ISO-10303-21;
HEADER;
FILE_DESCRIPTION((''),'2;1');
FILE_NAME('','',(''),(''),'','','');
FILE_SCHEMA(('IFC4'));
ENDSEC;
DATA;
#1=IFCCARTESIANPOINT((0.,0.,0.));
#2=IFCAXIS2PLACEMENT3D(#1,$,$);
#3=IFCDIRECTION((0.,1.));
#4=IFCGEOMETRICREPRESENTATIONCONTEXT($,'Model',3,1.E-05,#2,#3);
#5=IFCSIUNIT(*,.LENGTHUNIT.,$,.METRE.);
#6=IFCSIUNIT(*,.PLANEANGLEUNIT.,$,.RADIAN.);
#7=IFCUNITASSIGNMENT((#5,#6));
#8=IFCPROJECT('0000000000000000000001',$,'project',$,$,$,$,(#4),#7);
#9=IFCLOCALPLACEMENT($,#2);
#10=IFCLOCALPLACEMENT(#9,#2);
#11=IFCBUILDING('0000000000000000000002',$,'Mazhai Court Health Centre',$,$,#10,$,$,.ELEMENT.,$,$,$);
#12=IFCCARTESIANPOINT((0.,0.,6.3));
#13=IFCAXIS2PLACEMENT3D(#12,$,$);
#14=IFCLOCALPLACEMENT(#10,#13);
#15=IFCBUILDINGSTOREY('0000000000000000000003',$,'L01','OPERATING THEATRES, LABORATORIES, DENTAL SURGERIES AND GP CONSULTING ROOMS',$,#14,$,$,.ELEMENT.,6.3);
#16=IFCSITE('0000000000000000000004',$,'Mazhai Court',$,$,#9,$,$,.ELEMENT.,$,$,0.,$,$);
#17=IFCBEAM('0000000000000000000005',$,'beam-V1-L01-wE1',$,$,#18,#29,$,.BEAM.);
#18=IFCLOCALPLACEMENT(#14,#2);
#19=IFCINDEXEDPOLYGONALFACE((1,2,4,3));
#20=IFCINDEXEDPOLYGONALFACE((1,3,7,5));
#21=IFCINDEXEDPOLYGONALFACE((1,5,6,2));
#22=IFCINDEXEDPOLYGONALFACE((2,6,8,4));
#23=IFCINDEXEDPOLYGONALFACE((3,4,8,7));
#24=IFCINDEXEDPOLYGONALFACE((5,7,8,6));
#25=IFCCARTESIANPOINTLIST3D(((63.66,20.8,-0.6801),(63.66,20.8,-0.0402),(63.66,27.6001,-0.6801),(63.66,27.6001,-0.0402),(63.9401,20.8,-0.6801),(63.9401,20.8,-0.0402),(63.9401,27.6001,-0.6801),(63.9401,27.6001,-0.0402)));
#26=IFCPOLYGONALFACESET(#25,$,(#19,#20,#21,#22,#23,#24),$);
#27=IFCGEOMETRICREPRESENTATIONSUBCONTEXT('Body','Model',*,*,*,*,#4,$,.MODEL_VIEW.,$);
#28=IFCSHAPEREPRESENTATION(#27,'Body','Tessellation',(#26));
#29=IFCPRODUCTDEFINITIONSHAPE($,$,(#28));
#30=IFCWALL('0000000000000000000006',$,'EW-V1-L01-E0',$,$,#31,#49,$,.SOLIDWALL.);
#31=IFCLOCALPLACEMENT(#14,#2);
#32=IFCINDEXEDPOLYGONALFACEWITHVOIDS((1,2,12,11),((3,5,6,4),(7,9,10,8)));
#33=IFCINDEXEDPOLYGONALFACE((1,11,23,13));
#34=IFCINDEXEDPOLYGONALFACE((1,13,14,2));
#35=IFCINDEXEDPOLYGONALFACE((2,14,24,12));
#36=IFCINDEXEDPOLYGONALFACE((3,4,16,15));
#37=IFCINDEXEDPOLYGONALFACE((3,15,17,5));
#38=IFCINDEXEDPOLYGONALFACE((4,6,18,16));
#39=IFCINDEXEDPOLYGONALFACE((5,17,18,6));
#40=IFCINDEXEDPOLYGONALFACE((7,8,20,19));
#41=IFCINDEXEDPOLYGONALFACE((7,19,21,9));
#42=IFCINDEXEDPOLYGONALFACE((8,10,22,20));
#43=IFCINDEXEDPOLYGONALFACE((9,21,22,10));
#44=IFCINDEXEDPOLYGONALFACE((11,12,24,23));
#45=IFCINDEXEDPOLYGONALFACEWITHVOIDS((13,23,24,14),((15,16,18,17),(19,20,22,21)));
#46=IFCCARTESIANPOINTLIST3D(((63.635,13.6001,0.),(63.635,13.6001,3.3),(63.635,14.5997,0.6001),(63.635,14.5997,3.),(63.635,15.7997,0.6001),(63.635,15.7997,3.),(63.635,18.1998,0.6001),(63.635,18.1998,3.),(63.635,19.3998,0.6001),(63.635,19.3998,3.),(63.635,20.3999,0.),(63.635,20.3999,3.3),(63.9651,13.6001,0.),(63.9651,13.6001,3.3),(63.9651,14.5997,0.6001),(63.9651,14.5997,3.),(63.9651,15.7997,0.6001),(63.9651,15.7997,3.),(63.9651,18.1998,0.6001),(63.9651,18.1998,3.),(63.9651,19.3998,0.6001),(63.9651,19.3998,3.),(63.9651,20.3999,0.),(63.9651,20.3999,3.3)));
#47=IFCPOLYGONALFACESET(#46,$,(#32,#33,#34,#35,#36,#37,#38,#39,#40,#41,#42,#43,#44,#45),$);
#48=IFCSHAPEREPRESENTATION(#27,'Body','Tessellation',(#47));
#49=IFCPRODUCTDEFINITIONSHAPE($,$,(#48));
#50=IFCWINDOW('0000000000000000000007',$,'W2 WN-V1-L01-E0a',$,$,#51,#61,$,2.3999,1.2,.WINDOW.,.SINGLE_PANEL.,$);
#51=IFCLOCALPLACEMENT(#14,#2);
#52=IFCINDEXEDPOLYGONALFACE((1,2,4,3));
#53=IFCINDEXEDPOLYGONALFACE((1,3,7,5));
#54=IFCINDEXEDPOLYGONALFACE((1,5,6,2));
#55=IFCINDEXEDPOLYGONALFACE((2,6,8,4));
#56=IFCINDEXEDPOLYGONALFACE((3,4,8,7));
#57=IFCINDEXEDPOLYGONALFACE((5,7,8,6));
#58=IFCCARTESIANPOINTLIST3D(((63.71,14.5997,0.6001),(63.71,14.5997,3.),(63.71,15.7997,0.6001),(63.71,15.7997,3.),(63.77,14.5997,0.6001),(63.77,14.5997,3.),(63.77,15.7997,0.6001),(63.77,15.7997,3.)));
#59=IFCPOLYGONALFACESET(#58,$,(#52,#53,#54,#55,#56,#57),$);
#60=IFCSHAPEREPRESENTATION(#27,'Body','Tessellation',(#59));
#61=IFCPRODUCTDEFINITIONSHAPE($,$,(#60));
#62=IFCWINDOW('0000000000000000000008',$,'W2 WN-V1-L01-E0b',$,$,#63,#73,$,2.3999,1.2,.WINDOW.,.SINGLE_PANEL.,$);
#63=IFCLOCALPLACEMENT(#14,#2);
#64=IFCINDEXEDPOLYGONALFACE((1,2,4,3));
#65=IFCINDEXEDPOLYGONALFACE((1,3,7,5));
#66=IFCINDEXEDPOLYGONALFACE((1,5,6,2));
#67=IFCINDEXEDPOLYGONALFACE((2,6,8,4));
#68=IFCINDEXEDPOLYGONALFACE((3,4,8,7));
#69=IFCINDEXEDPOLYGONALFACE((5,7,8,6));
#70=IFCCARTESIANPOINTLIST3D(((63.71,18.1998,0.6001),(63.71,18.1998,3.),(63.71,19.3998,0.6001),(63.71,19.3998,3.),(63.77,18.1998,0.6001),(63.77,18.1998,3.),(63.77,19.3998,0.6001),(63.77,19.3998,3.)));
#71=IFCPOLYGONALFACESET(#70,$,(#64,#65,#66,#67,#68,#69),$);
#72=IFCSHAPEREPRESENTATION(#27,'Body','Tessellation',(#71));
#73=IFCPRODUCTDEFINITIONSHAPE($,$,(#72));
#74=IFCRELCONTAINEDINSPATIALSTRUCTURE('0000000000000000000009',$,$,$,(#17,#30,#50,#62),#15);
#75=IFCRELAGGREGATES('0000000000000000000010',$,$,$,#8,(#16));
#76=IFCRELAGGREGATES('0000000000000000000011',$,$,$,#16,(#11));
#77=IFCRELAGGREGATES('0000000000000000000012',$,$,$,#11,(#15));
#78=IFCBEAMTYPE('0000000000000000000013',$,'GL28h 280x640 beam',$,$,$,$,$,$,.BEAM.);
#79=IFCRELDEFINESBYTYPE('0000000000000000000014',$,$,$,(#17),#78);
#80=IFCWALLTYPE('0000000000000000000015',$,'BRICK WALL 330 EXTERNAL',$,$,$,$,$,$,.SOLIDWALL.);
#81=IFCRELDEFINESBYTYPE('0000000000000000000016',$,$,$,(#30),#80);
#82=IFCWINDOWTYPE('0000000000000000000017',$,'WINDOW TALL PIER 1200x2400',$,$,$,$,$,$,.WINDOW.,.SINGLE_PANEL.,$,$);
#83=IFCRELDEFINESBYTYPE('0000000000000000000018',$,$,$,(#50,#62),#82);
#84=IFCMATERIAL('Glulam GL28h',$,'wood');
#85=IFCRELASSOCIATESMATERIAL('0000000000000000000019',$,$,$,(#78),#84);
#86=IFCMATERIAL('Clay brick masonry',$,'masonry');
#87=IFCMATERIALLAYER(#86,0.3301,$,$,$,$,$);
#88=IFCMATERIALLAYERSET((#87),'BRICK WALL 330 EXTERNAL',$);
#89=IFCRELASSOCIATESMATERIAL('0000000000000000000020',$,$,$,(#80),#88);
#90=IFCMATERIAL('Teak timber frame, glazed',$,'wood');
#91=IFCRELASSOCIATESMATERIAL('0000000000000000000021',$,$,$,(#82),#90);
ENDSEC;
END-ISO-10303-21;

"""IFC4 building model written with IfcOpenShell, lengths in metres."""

from ifc_helpers import new_model, si_unit, direction, frame, frame_2d, origin, origin_2d, place, context, subcontext, project, spatial, rectangle, extrude, material, layer, layer_set, material_profile, profile_set, type_object, element, fill, save


model = new_model("IFC4")

# Units and contexts
model_context = context("Model", 3, precision=1e-05, world=origin(), true_north=direction((0.0, 1.0)))
body_context = subcontext(model_context, "Body", "Model", "MODEL_VIEW")
ifc_project = project(units=[si_unit("LENGTHUNIT", "METRE"), si_unit("PLANEANGLEUNIT", "RADIAN")], contexts=[model_context])

# Site, building, storey
site_placement = place(None, origin())
site = spatial("IfcSite", under=ifc_project, at=site_placement, Name="Mazhai Court", CompositionType="ELEMENT", RefElevation=0.0)
building_placement = place(site_placement, origin())
building = spatial("IfcBuilding", under=site, at=building_placement, Name="Mazhai Court Health Centre", CompositionType="ELEMENT")
storey_placement = place(building_placement, frame((0.0, 0.0, 6.3)))
storey = spatial("IfcBuildingStorey", under=building, at=storey_placement, Name="L01", Description="OPERATING THEATRES, LABORATORIES, DENTAL SURGERIES AND GP CONSULTING ROOMS", CompositionType="ELEMENT", Elevation=6.3)

# Beam
ifc_material_1 = material(Name="Glulam GL28h", Category="wood")
ifc_material_profile_1 = material_profile(ifc_material_1, rectangle(XDim=0.28, YDim=0.6399, at=origin_2d()), Name="GL28h 280x640")
ifc_profile_set_1 = profile_set([ifc_material_profile_1], Name="Glulam GL28h")
beam_type_1 = type_object("IfcBeamType", Name="GL28h 280x640 beam", PredefinedType="BEAM", material=ifc_profile_set_1)
beam_1_placement = place(storey_placement, frame((63.8, 20.8, -0.3601), z_axis=(0.0, 1.0, 0.0), x_axis=(-1.0, 0.0, 0.0)))
element("IfcBeam", 1, at=beam_1_placement, inside=storey, type_object=beam_type_1, Name="beam-V1-L01-wE1", PredefinedType="BEAM", context=body_context, shape_type="SweptSolid", body=[
    extrude(rectangle(XDim=0.28, YDim=0.6399, at=origin_2d()), origin(), (0.0, 0.0, 1.0), 6.8),
])

# Wall, openings, windows
ifc_material_2 = material(Name="Clay brick masonry", Category="masonry")
ifc_layer = layer(ifc_material_2, 0.3301)
ifc_layer_set = layer_set([ifc_layer], Name="BRICK WALL 330 EXTERNAL")
wall_type = type_object("IfcWallType", Name="BRICK WALL 330 EXTERNAL", PredefinedType="SOLIDWALL", material=ifc_layer_set)
wall_placement = place(storey_placement, frame((63.8, 20.3999, 0.0), z_axis=(0.0, 0.0, 1.0), x_axis=(0.0, -1.0, 0.0)))
wall = element("IfcWall", 2, at=wall_placement, inside=storey, type_object=wall_type, Name="EW-V1-L01-E0", PredefinedType="SOLIDWALL", context=body_context, shape_type="SweptSolid", body=[
    extrude(rectangle(XDim=6.7998, YDim=0.3301, at=frame_2d((3.3999, 0.0))), origin(), (0.0, 0.0, 1.0), 3.3),
])
opening_1_placement = place(wall_placement, frame((4.6001, 0.0, 0.6001)))
opening_1 = element("IfcOpeningElement", 3, at=opening_1_placement, cuts=wall, PredefinedType="OPENING", context=body_context, shape_type="SweptSolid", body=[
    extrude(rectangle(XDim=1.2, YDim=2.3999, at=frame_2d((0.6001, 1.2))), frame((0.0, 0.175, 0.0), z_axis=(0.0, -1.0, 0.0), x_axis=(1.0, 0.0, 0.0)), (0.0, 0.0, 1.0), 0.3501),
])
opening_2_placement = place(wall_placement, frame((1.0, 0.0, 0.6001)))
opening_2 = element("IfcOpeningElement", 4, at=opening_2_placement, cuts=wall, PredefinedType="OPENING", context=body_context, shape_type="SweptSolid", body=[
    extrude(rectangle(XDim=1.2, YDim=2.3999, at=frame_2d((0.6001, 1.2))), frame((0.0, 0.175, 0.0), z_axis=(0.0, -1.0, 0.0), x_axis=(1.0, 0.0, 0.0)), (0.0, 0.0, 1.0), 0.3501),
])
ifc_material_3 = material(Name="Teak timber frame, glazed", Category="wood")
window_type = type_object("IfcWindowType", Name="WINDOW TALL PIER 1200x2400", PartitioningType="SINGLE_PANEL", PredefinedType="WINDOW", material=ifc_material_3)
window_1_placement = place(opening_1_placement, origin())
window_1 = element("IfcWindow", 5, at=window_1_placement, inside=storey, type_object=window_type, Name="W2 WN-V1-L01-E0a", OverallHeight=2.3999, OverallWidth=1.2, PartitioningType="SINGLE_PANEL", PredefinedType="WINDOW", context=body_context, shape_type="SweptSolid", body=[
    extrude(rectangle(XDim=1.2, YDim=2.3999, at=frame_2d((0.6001, 1.2))), frame((0.0, -0.03, 0.0), z_axis=(0.0, -1.0, 0.0), x_axis=(1.0, 0.0, 0.0)), (0.0, 0.0, 1.0), 0.0601),
])
fill(opening_1, window_1)
window_2_placement = place(opening_2_placement, origin())
window_2 = element("IfcWindow", 6, at=window_2_placement, inside=storey, type_object=window_type, Name="W2 WN-V1-L01-E0b", OverallHeight=2.3999, OverallWidth=1.2, PartitioningType="SINGLE_PANEL", PredefinedType="WINDOW", context=body_context, shape_type="SweptSolid", body=[
    extrude(rectangle(XDim=1.2, YDim=2.3999, at=frame_2d((0.6001, 1.2))), frame((0.0, -0.03, 0.0), z_axis=(0.0, -1.0, 0.0), x_axis=(1.0, 0.0, 0.0)), (0.0, 0.0, 1.0), 0.0601),
])
fill(opening_2, window_2)

save(model, "model.ifc")
